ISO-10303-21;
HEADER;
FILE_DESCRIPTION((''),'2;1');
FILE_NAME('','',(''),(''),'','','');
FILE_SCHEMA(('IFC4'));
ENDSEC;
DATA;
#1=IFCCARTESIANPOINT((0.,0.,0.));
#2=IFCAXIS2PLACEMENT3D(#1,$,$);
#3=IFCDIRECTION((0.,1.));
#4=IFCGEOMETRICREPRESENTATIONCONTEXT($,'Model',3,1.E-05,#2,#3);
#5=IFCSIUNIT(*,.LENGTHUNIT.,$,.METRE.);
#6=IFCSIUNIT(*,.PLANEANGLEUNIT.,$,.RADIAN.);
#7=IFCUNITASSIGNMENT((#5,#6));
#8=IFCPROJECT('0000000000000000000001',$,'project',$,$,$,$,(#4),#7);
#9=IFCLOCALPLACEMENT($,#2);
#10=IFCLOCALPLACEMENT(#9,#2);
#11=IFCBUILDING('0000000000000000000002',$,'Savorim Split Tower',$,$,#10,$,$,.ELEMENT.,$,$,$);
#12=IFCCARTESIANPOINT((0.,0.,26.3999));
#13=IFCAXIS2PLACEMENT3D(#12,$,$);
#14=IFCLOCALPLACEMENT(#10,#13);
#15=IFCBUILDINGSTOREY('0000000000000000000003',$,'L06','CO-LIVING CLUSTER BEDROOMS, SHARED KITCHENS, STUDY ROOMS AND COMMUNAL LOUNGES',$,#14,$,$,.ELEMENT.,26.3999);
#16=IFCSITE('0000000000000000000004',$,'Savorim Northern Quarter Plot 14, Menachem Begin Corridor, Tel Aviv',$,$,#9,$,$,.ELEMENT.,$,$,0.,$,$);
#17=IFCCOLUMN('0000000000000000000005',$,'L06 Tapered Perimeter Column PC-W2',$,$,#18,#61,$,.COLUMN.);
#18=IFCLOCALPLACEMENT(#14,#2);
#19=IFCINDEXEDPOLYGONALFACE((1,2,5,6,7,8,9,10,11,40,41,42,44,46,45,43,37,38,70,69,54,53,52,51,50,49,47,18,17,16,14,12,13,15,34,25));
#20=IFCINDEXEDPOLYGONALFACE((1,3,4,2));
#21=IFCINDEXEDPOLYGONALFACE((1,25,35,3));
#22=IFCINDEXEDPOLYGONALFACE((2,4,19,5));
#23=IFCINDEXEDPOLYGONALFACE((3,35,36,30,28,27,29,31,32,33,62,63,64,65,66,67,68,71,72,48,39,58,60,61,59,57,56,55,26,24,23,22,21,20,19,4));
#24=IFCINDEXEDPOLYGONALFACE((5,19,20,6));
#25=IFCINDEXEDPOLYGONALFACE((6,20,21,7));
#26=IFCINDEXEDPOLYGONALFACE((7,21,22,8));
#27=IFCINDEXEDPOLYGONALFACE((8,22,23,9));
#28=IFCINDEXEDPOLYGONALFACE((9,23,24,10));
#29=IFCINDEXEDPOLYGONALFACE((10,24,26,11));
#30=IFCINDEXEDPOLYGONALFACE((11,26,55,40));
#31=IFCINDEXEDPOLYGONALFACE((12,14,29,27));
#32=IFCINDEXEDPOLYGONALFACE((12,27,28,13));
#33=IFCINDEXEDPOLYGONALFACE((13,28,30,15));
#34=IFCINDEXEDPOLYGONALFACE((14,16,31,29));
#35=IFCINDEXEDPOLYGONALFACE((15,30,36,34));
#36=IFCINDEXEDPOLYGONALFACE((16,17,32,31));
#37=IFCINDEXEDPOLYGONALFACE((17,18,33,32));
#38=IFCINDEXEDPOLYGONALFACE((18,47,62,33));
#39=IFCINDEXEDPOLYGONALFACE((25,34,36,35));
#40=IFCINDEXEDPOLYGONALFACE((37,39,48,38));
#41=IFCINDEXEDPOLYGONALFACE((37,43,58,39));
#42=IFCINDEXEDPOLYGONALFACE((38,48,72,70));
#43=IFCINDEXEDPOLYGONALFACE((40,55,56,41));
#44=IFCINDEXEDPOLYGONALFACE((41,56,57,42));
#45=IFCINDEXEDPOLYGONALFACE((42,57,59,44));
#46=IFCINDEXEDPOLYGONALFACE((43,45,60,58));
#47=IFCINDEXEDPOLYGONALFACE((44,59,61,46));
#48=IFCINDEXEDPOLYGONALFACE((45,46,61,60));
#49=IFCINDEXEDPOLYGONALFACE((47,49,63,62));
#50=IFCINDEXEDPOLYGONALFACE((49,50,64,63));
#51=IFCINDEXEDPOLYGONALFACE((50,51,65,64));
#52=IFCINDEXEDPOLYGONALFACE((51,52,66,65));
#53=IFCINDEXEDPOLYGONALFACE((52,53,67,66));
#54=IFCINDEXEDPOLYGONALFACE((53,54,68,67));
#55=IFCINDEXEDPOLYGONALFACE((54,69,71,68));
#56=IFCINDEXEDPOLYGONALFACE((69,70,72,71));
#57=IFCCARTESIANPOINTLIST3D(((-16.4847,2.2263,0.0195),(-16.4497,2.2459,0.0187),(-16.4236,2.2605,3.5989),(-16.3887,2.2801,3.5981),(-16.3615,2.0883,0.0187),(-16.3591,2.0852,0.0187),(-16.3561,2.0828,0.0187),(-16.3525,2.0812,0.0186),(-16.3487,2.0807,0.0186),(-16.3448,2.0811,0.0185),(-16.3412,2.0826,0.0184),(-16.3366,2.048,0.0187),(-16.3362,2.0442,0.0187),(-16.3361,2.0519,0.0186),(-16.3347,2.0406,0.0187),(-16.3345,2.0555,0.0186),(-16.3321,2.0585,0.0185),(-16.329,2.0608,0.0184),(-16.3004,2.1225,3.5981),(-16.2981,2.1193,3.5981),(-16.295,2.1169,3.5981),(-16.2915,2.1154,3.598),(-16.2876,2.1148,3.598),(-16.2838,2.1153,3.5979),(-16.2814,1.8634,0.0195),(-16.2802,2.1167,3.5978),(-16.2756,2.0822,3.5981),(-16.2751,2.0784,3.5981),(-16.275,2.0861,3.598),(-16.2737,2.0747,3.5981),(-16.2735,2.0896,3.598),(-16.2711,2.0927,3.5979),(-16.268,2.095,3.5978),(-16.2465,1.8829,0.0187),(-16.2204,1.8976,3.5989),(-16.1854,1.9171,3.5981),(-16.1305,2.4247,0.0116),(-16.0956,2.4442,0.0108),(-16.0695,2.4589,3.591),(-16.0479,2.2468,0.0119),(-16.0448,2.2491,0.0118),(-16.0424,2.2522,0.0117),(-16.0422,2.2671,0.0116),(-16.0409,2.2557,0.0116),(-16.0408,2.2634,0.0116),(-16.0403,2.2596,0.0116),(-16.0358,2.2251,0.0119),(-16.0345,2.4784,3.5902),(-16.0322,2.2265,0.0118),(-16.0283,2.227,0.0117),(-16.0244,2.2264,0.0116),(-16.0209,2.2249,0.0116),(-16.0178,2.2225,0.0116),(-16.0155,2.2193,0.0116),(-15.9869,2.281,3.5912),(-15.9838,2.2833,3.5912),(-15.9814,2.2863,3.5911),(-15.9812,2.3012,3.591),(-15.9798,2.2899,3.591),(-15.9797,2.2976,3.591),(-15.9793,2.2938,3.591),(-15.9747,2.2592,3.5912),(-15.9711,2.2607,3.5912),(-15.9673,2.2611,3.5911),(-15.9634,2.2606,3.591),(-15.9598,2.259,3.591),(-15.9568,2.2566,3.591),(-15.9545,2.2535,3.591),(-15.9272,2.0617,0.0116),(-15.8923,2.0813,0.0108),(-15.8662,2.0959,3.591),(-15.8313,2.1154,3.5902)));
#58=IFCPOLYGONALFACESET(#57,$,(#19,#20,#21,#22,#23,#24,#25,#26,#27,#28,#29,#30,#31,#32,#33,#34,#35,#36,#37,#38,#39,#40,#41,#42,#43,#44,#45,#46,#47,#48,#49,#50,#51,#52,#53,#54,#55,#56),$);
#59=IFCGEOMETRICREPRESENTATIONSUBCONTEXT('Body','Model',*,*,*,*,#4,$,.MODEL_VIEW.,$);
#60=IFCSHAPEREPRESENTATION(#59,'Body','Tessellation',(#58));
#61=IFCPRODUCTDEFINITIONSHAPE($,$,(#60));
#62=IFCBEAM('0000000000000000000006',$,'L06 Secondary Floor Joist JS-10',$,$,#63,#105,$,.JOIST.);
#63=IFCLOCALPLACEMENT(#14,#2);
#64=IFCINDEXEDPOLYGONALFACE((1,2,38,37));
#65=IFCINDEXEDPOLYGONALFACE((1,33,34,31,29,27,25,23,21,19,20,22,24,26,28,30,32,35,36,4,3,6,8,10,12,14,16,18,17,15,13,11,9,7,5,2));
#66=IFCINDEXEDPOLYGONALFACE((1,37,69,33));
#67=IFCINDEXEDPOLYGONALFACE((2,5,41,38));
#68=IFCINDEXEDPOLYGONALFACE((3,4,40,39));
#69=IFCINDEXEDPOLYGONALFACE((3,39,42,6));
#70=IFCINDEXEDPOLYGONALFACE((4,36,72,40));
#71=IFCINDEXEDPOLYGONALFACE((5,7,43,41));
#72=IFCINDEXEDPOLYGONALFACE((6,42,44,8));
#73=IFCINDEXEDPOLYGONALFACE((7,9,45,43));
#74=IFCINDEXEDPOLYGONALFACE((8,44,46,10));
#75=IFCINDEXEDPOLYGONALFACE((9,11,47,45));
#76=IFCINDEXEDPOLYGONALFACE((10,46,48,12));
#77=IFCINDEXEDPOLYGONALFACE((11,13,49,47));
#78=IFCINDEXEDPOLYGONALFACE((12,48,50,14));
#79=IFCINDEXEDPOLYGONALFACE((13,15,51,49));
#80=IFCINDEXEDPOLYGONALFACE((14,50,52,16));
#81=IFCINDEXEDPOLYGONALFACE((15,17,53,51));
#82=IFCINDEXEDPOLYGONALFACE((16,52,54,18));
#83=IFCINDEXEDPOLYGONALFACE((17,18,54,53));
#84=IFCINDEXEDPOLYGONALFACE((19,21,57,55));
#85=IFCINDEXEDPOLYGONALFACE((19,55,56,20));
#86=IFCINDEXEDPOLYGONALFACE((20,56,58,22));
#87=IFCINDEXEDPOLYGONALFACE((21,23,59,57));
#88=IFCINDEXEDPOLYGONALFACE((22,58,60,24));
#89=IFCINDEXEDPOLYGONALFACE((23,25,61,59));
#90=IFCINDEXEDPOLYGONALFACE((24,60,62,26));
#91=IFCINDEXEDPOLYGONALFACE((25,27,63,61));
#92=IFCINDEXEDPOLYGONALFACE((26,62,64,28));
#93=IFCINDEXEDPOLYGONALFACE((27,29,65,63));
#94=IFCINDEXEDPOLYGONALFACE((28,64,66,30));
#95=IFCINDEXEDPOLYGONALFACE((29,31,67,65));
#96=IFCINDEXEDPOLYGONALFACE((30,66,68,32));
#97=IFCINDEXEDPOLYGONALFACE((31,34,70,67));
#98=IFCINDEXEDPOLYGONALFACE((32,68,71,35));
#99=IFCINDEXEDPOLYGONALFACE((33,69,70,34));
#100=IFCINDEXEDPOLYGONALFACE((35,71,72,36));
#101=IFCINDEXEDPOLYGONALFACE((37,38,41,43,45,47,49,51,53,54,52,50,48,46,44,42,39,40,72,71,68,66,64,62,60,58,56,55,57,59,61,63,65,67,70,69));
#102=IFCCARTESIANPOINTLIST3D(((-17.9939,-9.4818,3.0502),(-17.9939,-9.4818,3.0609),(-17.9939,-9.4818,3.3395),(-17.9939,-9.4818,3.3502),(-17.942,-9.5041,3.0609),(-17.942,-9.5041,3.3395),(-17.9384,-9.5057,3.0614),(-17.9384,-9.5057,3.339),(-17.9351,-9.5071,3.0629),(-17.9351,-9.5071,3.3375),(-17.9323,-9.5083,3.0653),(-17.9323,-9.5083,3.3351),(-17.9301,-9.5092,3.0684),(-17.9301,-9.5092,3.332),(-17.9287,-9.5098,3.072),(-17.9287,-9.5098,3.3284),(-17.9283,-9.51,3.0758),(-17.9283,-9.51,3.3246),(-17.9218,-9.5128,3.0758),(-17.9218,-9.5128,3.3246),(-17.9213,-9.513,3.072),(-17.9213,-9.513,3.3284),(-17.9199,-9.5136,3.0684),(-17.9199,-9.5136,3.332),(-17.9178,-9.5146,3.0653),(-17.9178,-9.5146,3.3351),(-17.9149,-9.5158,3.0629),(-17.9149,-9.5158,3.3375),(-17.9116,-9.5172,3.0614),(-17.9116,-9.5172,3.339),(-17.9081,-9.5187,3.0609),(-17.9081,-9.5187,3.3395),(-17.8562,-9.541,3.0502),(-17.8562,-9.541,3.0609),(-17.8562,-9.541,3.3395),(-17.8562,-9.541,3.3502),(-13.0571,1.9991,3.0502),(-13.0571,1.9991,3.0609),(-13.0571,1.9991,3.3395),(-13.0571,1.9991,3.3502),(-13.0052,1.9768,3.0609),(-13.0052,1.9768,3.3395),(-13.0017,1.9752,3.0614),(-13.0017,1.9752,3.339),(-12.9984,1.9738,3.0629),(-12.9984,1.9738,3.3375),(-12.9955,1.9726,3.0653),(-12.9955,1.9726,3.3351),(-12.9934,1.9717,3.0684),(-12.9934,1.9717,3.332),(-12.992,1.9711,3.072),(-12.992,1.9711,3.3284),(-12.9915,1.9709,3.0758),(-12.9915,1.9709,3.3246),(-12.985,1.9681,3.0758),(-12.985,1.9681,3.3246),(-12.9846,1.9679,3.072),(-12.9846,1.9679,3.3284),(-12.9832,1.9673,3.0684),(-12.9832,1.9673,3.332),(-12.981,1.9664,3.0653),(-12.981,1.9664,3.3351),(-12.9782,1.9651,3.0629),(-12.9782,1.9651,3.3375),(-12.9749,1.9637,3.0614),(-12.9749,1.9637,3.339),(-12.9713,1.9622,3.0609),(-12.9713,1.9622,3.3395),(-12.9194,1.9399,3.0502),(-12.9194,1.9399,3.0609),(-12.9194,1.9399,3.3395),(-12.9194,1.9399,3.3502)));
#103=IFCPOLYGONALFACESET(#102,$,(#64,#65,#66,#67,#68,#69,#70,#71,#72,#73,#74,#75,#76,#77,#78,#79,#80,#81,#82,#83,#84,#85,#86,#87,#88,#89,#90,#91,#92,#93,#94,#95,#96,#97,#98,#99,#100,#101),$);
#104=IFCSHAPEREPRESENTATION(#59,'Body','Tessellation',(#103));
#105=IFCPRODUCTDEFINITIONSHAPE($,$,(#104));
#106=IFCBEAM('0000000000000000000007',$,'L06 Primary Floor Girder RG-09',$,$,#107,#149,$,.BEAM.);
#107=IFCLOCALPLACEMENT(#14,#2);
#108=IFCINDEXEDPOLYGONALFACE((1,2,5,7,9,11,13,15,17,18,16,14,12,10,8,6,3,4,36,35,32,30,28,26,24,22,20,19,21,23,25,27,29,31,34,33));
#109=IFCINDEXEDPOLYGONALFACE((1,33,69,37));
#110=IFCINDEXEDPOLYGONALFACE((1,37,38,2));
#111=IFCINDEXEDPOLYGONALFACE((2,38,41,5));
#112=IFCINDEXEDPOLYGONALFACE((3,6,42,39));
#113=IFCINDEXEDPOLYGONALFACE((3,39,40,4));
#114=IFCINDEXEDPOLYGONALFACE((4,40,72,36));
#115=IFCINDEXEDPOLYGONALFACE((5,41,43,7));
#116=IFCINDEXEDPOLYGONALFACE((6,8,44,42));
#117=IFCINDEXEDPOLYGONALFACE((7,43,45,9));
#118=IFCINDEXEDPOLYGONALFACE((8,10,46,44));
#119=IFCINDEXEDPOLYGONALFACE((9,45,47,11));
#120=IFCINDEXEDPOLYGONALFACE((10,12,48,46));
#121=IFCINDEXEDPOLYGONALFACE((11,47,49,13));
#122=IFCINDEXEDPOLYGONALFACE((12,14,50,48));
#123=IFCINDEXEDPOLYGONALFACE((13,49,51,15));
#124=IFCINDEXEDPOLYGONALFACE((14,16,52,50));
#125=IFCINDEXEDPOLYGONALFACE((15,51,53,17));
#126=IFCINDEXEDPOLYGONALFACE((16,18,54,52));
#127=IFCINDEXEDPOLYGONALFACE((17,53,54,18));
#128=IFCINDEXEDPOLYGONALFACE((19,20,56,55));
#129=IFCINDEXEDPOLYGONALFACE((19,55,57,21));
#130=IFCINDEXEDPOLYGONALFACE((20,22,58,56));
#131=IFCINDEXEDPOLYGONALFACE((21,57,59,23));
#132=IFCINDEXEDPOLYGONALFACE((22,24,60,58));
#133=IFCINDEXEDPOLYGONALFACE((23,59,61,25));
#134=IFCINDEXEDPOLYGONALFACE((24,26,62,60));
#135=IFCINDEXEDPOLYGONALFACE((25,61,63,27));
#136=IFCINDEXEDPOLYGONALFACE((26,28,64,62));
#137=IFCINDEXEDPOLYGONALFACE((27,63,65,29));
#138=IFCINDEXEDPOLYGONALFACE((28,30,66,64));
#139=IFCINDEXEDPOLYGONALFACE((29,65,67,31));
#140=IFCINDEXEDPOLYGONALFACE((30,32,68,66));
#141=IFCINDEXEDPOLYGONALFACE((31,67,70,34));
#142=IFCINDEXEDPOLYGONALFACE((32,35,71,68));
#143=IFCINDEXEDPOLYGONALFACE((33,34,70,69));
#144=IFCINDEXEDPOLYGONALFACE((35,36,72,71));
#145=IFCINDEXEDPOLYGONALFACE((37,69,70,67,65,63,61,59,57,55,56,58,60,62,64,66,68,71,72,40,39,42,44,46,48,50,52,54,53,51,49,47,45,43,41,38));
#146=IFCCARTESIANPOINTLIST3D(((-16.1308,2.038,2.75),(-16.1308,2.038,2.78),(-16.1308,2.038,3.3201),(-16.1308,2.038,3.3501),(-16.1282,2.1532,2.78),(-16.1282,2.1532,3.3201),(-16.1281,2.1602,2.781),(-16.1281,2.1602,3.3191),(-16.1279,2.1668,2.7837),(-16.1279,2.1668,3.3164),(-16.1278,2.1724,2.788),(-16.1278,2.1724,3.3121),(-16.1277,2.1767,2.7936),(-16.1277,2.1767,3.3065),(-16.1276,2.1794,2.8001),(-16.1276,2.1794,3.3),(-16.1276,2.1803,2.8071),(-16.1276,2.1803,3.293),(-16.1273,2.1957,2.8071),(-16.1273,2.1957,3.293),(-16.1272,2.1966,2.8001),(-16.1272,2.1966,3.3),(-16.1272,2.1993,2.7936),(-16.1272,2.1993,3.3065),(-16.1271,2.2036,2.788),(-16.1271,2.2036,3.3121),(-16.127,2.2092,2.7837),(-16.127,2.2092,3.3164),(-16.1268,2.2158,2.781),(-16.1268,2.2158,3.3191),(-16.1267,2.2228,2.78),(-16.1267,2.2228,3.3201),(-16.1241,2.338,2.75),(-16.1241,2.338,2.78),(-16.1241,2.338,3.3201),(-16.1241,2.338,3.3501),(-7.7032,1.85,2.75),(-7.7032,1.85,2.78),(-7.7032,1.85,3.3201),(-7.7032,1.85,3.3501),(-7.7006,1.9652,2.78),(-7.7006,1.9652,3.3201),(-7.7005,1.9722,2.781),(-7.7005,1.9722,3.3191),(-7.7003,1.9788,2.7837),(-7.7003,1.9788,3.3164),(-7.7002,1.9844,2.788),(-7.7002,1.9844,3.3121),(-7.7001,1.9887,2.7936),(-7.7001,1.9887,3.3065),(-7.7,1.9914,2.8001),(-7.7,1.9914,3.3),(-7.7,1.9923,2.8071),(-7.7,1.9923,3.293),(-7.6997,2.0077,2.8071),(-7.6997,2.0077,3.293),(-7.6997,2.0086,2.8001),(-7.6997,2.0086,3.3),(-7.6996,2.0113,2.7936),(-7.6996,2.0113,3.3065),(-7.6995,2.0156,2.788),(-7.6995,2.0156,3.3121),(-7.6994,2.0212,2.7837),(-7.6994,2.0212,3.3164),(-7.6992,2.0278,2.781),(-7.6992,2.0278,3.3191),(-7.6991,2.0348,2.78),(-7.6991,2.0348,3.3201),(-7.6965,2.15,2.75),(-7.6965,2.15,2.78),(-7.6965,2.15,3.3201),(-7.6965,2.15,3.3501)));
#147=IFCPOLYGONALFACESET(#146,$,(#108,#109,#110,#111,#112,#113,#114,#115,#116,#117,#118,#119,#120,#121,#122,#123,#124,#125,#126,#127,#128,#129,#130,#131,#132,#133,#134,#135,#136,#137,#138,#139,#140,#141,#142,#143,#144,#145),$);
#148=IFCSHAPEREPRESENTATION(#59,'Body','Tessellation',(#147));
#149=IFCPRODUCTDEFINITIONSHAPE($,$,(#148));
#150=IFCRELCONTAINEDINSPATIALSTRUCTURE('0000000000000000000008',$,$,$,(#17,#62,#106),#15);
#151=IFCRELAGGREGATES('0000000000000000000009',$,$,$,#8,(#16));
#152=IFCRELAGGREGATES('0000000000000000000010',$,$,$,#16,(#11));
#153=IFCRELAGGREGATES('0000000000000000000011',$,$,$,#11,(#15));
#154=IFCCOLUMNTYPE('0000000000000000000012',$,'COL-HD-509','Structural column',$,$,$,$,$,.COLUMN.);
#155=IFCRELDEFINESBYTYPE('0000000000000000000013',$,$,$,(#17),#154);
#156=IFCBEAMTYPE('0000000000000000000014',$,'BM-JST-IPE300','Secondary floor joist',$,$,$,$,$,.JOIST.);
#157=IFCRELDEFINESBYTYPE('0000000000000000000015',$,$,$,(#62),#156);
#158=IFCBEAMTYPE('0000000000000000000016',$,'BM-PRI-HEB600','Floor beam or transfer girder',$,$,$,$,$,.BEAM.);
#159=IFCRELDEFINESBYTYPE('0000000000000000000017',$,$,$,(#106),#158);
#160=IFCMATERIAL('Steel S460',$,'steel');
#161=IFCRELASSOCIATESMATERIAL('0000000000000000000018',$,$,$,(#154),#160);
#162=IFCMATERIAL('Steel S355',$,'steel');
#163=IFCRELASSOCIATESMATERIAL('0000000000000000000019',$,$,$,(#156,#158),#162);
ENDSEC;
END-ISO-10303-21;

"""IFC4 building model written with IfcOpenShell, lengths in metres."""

from ifc_helpers import new_model, si_unit, direction, frame, origin, origin_2d, place, context, subcontext, project, spatial, i_section, extrude, material, material_profile, profile_set, type_object, element, save


model = new_model("IFC4")

# Units and contexts
model_context = context("Model", 3, precision=1e-05, world=origin(), true_north=direction((0.0, 1.0)))
body_context = subcontext(model_context, "Body", "Model", "MODEL_VIEW")
ifc_project = project(units=[si_unit("LENGTHUNIT", "METRE"), si_unit("PLANEANGLEUNIT", "RADIAN")], contexts=[model_context])

# Site, building, storey
site_placement = place(None, origin())
site = spatial("IfcSite", under=ifc_project, at=site_placement, Name="Savorim Northern Quarter Plot 14, Menachem Begin Corridor, Tel Aviv", CompositionType="ELEMENT", RefElevation=0.0)
building_placement = place(site_placement, origin())
building = spatial("IfcBuilding", under=site, at=building_placement, Name="Savorim Split Tower", CompositionType="ELEMENT")
storey_placement = place(building_placement, frame((0.0, 0.0, 26.3999)))
storey = spatial("IfcBuildingStorey", under=building, at=storey_placement, Name="L06", Description="CO-LIVING CLUSTER BEDROOMS, SHARED KITCHENS, STUDY ROOMS AND COMMUNAL LOUNGES", CompositionType="ELEMENT", Elevation=26.3999)

# Column
ifc_material_1 = material(Name="Steel S460", Category="steel")
ifc_material_profile_1 = material_profile(ifc_material_1, i_section(OverallWidth=0.416, OverallDepth=0.446, WebThickness=0.0249, FlangeThickness=0.04, FilletRadius=0.0149, at=origin_2d()), Name="HD 400x509")
ifc_profile_set_1 = profile_set([ifc_material_profile_1], Name="Steel S460")
column_type = type_object("IfcColumnType", Name="COL-HD-509", Description="Structural column", PredefinedType="COLUMN", material=ifc_profile_set_1)
column_placement = place(storey_placement, frame((-16.1885, 2.1538, 0.0151), z_axis=(0.017049, 0.009547, 0.999809), x_axis=(-0.488603, 0.872506, 0.0)))
element("IfcColumn", 1, at=column_placement, inside=storey, type_object=column_type, Name="L06 Tapered Perimeter Column PC-W2", PredefinedType="COLUMN", context=body_context, shape_type="SweptSolid", body=[
    extrude(i_section(OverallWidth=0.416, OverallDepth=0.446, WebThickness=0.0249, FlangeThickness=0.04, FilletRadius=0.0149, at=origin_2d()), origin(), (0.0, 0.0, 1.0), 3.5801),
])

# Beams
ifc_material_2 = material(Name="Steel S355", Category="steel")
ifc_material_profile_2 = material_profile(ifc_material_2, i_section(OverallWidth=0.1499, OverallDepth=0.3, WebThickness=0.0071, FlangeThickness=0.0107, FilletRadius=0.0149, at=origin_2d()), Name="IPE 300")
ifc_profile_set_2 = profile_set([ifc_material_profile_2], Name="Steel S355")
beam_type_1 = type_object("IfcBeamType", Name="BM-JST-IPE300", Description="Secondary floor joist", PredefinedType="JOIST", material=ifc_profile_set_2)
beam_1_placement = place(storey_placement, frame((-12.9883, 1.9695, 3.2002), z_axis=(-0.395025, -0.91867, 0.0), x_axis=(0.91867, -0.395025, 0.0)))
element("IfcBeam", 2, at=beam_1_placement, inside=storey, type_object=beam_type_1, Name="L06 Secondary Floor Joist JS-10", PredefinedType="JOIST", context=body_context, shape_type="SweptSolid", body=[
    extrude(i_section(OverallWidth=0.1499, OverallDepth=0.3, WebThickness=0.0071, FlangeThickness=0.0107, FilletRadius=0.0149, at=origin_2d()), origin(), (0.0, 0.0, 1.0), 12.4973),
])
ifc_material_profile_3 = material_profile(ifc_material_2, i_section(OverallWidth=0.3, OverallDepth=0.6001, WebThickness=0.0154, FlangeThickness=0.03, FilletRadius=0.0271, at=origin_2d()), Name="HEB 600")
ifc_profile_set_3 = profile_set([ifc_material_profile_3], Name="Steel S355")
beam_type_2 = type_object("IfcBeamType", Name="BM-PRI-HEB600", Description="Floor beam or transfer girder", PredefinedType="BEAM", material=ifc_profile_set_3)
beam_2_placement = place(storey_placement, frame((-16.1274, 2.188, 3.05), z_axis=(0.999751, -0.022301, 0.0), x_axis=(0.022301, 0.999751, 0.0)))
element("IfcBeam", 3, at=beam_2_placement, inside=storey, type_object=beam_type_2, Name="L06 Primary Floor Girder RG-09", PredefinedType="BEAM", context=body_context, shape_type="SweptSolid", body=[
    extrude(i_section(OverallWidth=0.3, OverallDepth=0.6001, WebThickness=0.0154, FlangeThickness=0.03, FilletRadius=0.0271, at=origin_2d()), origin(), (0.0, 0.0, 1.0), 8.4297),
])

save(model, "model.ifc")
